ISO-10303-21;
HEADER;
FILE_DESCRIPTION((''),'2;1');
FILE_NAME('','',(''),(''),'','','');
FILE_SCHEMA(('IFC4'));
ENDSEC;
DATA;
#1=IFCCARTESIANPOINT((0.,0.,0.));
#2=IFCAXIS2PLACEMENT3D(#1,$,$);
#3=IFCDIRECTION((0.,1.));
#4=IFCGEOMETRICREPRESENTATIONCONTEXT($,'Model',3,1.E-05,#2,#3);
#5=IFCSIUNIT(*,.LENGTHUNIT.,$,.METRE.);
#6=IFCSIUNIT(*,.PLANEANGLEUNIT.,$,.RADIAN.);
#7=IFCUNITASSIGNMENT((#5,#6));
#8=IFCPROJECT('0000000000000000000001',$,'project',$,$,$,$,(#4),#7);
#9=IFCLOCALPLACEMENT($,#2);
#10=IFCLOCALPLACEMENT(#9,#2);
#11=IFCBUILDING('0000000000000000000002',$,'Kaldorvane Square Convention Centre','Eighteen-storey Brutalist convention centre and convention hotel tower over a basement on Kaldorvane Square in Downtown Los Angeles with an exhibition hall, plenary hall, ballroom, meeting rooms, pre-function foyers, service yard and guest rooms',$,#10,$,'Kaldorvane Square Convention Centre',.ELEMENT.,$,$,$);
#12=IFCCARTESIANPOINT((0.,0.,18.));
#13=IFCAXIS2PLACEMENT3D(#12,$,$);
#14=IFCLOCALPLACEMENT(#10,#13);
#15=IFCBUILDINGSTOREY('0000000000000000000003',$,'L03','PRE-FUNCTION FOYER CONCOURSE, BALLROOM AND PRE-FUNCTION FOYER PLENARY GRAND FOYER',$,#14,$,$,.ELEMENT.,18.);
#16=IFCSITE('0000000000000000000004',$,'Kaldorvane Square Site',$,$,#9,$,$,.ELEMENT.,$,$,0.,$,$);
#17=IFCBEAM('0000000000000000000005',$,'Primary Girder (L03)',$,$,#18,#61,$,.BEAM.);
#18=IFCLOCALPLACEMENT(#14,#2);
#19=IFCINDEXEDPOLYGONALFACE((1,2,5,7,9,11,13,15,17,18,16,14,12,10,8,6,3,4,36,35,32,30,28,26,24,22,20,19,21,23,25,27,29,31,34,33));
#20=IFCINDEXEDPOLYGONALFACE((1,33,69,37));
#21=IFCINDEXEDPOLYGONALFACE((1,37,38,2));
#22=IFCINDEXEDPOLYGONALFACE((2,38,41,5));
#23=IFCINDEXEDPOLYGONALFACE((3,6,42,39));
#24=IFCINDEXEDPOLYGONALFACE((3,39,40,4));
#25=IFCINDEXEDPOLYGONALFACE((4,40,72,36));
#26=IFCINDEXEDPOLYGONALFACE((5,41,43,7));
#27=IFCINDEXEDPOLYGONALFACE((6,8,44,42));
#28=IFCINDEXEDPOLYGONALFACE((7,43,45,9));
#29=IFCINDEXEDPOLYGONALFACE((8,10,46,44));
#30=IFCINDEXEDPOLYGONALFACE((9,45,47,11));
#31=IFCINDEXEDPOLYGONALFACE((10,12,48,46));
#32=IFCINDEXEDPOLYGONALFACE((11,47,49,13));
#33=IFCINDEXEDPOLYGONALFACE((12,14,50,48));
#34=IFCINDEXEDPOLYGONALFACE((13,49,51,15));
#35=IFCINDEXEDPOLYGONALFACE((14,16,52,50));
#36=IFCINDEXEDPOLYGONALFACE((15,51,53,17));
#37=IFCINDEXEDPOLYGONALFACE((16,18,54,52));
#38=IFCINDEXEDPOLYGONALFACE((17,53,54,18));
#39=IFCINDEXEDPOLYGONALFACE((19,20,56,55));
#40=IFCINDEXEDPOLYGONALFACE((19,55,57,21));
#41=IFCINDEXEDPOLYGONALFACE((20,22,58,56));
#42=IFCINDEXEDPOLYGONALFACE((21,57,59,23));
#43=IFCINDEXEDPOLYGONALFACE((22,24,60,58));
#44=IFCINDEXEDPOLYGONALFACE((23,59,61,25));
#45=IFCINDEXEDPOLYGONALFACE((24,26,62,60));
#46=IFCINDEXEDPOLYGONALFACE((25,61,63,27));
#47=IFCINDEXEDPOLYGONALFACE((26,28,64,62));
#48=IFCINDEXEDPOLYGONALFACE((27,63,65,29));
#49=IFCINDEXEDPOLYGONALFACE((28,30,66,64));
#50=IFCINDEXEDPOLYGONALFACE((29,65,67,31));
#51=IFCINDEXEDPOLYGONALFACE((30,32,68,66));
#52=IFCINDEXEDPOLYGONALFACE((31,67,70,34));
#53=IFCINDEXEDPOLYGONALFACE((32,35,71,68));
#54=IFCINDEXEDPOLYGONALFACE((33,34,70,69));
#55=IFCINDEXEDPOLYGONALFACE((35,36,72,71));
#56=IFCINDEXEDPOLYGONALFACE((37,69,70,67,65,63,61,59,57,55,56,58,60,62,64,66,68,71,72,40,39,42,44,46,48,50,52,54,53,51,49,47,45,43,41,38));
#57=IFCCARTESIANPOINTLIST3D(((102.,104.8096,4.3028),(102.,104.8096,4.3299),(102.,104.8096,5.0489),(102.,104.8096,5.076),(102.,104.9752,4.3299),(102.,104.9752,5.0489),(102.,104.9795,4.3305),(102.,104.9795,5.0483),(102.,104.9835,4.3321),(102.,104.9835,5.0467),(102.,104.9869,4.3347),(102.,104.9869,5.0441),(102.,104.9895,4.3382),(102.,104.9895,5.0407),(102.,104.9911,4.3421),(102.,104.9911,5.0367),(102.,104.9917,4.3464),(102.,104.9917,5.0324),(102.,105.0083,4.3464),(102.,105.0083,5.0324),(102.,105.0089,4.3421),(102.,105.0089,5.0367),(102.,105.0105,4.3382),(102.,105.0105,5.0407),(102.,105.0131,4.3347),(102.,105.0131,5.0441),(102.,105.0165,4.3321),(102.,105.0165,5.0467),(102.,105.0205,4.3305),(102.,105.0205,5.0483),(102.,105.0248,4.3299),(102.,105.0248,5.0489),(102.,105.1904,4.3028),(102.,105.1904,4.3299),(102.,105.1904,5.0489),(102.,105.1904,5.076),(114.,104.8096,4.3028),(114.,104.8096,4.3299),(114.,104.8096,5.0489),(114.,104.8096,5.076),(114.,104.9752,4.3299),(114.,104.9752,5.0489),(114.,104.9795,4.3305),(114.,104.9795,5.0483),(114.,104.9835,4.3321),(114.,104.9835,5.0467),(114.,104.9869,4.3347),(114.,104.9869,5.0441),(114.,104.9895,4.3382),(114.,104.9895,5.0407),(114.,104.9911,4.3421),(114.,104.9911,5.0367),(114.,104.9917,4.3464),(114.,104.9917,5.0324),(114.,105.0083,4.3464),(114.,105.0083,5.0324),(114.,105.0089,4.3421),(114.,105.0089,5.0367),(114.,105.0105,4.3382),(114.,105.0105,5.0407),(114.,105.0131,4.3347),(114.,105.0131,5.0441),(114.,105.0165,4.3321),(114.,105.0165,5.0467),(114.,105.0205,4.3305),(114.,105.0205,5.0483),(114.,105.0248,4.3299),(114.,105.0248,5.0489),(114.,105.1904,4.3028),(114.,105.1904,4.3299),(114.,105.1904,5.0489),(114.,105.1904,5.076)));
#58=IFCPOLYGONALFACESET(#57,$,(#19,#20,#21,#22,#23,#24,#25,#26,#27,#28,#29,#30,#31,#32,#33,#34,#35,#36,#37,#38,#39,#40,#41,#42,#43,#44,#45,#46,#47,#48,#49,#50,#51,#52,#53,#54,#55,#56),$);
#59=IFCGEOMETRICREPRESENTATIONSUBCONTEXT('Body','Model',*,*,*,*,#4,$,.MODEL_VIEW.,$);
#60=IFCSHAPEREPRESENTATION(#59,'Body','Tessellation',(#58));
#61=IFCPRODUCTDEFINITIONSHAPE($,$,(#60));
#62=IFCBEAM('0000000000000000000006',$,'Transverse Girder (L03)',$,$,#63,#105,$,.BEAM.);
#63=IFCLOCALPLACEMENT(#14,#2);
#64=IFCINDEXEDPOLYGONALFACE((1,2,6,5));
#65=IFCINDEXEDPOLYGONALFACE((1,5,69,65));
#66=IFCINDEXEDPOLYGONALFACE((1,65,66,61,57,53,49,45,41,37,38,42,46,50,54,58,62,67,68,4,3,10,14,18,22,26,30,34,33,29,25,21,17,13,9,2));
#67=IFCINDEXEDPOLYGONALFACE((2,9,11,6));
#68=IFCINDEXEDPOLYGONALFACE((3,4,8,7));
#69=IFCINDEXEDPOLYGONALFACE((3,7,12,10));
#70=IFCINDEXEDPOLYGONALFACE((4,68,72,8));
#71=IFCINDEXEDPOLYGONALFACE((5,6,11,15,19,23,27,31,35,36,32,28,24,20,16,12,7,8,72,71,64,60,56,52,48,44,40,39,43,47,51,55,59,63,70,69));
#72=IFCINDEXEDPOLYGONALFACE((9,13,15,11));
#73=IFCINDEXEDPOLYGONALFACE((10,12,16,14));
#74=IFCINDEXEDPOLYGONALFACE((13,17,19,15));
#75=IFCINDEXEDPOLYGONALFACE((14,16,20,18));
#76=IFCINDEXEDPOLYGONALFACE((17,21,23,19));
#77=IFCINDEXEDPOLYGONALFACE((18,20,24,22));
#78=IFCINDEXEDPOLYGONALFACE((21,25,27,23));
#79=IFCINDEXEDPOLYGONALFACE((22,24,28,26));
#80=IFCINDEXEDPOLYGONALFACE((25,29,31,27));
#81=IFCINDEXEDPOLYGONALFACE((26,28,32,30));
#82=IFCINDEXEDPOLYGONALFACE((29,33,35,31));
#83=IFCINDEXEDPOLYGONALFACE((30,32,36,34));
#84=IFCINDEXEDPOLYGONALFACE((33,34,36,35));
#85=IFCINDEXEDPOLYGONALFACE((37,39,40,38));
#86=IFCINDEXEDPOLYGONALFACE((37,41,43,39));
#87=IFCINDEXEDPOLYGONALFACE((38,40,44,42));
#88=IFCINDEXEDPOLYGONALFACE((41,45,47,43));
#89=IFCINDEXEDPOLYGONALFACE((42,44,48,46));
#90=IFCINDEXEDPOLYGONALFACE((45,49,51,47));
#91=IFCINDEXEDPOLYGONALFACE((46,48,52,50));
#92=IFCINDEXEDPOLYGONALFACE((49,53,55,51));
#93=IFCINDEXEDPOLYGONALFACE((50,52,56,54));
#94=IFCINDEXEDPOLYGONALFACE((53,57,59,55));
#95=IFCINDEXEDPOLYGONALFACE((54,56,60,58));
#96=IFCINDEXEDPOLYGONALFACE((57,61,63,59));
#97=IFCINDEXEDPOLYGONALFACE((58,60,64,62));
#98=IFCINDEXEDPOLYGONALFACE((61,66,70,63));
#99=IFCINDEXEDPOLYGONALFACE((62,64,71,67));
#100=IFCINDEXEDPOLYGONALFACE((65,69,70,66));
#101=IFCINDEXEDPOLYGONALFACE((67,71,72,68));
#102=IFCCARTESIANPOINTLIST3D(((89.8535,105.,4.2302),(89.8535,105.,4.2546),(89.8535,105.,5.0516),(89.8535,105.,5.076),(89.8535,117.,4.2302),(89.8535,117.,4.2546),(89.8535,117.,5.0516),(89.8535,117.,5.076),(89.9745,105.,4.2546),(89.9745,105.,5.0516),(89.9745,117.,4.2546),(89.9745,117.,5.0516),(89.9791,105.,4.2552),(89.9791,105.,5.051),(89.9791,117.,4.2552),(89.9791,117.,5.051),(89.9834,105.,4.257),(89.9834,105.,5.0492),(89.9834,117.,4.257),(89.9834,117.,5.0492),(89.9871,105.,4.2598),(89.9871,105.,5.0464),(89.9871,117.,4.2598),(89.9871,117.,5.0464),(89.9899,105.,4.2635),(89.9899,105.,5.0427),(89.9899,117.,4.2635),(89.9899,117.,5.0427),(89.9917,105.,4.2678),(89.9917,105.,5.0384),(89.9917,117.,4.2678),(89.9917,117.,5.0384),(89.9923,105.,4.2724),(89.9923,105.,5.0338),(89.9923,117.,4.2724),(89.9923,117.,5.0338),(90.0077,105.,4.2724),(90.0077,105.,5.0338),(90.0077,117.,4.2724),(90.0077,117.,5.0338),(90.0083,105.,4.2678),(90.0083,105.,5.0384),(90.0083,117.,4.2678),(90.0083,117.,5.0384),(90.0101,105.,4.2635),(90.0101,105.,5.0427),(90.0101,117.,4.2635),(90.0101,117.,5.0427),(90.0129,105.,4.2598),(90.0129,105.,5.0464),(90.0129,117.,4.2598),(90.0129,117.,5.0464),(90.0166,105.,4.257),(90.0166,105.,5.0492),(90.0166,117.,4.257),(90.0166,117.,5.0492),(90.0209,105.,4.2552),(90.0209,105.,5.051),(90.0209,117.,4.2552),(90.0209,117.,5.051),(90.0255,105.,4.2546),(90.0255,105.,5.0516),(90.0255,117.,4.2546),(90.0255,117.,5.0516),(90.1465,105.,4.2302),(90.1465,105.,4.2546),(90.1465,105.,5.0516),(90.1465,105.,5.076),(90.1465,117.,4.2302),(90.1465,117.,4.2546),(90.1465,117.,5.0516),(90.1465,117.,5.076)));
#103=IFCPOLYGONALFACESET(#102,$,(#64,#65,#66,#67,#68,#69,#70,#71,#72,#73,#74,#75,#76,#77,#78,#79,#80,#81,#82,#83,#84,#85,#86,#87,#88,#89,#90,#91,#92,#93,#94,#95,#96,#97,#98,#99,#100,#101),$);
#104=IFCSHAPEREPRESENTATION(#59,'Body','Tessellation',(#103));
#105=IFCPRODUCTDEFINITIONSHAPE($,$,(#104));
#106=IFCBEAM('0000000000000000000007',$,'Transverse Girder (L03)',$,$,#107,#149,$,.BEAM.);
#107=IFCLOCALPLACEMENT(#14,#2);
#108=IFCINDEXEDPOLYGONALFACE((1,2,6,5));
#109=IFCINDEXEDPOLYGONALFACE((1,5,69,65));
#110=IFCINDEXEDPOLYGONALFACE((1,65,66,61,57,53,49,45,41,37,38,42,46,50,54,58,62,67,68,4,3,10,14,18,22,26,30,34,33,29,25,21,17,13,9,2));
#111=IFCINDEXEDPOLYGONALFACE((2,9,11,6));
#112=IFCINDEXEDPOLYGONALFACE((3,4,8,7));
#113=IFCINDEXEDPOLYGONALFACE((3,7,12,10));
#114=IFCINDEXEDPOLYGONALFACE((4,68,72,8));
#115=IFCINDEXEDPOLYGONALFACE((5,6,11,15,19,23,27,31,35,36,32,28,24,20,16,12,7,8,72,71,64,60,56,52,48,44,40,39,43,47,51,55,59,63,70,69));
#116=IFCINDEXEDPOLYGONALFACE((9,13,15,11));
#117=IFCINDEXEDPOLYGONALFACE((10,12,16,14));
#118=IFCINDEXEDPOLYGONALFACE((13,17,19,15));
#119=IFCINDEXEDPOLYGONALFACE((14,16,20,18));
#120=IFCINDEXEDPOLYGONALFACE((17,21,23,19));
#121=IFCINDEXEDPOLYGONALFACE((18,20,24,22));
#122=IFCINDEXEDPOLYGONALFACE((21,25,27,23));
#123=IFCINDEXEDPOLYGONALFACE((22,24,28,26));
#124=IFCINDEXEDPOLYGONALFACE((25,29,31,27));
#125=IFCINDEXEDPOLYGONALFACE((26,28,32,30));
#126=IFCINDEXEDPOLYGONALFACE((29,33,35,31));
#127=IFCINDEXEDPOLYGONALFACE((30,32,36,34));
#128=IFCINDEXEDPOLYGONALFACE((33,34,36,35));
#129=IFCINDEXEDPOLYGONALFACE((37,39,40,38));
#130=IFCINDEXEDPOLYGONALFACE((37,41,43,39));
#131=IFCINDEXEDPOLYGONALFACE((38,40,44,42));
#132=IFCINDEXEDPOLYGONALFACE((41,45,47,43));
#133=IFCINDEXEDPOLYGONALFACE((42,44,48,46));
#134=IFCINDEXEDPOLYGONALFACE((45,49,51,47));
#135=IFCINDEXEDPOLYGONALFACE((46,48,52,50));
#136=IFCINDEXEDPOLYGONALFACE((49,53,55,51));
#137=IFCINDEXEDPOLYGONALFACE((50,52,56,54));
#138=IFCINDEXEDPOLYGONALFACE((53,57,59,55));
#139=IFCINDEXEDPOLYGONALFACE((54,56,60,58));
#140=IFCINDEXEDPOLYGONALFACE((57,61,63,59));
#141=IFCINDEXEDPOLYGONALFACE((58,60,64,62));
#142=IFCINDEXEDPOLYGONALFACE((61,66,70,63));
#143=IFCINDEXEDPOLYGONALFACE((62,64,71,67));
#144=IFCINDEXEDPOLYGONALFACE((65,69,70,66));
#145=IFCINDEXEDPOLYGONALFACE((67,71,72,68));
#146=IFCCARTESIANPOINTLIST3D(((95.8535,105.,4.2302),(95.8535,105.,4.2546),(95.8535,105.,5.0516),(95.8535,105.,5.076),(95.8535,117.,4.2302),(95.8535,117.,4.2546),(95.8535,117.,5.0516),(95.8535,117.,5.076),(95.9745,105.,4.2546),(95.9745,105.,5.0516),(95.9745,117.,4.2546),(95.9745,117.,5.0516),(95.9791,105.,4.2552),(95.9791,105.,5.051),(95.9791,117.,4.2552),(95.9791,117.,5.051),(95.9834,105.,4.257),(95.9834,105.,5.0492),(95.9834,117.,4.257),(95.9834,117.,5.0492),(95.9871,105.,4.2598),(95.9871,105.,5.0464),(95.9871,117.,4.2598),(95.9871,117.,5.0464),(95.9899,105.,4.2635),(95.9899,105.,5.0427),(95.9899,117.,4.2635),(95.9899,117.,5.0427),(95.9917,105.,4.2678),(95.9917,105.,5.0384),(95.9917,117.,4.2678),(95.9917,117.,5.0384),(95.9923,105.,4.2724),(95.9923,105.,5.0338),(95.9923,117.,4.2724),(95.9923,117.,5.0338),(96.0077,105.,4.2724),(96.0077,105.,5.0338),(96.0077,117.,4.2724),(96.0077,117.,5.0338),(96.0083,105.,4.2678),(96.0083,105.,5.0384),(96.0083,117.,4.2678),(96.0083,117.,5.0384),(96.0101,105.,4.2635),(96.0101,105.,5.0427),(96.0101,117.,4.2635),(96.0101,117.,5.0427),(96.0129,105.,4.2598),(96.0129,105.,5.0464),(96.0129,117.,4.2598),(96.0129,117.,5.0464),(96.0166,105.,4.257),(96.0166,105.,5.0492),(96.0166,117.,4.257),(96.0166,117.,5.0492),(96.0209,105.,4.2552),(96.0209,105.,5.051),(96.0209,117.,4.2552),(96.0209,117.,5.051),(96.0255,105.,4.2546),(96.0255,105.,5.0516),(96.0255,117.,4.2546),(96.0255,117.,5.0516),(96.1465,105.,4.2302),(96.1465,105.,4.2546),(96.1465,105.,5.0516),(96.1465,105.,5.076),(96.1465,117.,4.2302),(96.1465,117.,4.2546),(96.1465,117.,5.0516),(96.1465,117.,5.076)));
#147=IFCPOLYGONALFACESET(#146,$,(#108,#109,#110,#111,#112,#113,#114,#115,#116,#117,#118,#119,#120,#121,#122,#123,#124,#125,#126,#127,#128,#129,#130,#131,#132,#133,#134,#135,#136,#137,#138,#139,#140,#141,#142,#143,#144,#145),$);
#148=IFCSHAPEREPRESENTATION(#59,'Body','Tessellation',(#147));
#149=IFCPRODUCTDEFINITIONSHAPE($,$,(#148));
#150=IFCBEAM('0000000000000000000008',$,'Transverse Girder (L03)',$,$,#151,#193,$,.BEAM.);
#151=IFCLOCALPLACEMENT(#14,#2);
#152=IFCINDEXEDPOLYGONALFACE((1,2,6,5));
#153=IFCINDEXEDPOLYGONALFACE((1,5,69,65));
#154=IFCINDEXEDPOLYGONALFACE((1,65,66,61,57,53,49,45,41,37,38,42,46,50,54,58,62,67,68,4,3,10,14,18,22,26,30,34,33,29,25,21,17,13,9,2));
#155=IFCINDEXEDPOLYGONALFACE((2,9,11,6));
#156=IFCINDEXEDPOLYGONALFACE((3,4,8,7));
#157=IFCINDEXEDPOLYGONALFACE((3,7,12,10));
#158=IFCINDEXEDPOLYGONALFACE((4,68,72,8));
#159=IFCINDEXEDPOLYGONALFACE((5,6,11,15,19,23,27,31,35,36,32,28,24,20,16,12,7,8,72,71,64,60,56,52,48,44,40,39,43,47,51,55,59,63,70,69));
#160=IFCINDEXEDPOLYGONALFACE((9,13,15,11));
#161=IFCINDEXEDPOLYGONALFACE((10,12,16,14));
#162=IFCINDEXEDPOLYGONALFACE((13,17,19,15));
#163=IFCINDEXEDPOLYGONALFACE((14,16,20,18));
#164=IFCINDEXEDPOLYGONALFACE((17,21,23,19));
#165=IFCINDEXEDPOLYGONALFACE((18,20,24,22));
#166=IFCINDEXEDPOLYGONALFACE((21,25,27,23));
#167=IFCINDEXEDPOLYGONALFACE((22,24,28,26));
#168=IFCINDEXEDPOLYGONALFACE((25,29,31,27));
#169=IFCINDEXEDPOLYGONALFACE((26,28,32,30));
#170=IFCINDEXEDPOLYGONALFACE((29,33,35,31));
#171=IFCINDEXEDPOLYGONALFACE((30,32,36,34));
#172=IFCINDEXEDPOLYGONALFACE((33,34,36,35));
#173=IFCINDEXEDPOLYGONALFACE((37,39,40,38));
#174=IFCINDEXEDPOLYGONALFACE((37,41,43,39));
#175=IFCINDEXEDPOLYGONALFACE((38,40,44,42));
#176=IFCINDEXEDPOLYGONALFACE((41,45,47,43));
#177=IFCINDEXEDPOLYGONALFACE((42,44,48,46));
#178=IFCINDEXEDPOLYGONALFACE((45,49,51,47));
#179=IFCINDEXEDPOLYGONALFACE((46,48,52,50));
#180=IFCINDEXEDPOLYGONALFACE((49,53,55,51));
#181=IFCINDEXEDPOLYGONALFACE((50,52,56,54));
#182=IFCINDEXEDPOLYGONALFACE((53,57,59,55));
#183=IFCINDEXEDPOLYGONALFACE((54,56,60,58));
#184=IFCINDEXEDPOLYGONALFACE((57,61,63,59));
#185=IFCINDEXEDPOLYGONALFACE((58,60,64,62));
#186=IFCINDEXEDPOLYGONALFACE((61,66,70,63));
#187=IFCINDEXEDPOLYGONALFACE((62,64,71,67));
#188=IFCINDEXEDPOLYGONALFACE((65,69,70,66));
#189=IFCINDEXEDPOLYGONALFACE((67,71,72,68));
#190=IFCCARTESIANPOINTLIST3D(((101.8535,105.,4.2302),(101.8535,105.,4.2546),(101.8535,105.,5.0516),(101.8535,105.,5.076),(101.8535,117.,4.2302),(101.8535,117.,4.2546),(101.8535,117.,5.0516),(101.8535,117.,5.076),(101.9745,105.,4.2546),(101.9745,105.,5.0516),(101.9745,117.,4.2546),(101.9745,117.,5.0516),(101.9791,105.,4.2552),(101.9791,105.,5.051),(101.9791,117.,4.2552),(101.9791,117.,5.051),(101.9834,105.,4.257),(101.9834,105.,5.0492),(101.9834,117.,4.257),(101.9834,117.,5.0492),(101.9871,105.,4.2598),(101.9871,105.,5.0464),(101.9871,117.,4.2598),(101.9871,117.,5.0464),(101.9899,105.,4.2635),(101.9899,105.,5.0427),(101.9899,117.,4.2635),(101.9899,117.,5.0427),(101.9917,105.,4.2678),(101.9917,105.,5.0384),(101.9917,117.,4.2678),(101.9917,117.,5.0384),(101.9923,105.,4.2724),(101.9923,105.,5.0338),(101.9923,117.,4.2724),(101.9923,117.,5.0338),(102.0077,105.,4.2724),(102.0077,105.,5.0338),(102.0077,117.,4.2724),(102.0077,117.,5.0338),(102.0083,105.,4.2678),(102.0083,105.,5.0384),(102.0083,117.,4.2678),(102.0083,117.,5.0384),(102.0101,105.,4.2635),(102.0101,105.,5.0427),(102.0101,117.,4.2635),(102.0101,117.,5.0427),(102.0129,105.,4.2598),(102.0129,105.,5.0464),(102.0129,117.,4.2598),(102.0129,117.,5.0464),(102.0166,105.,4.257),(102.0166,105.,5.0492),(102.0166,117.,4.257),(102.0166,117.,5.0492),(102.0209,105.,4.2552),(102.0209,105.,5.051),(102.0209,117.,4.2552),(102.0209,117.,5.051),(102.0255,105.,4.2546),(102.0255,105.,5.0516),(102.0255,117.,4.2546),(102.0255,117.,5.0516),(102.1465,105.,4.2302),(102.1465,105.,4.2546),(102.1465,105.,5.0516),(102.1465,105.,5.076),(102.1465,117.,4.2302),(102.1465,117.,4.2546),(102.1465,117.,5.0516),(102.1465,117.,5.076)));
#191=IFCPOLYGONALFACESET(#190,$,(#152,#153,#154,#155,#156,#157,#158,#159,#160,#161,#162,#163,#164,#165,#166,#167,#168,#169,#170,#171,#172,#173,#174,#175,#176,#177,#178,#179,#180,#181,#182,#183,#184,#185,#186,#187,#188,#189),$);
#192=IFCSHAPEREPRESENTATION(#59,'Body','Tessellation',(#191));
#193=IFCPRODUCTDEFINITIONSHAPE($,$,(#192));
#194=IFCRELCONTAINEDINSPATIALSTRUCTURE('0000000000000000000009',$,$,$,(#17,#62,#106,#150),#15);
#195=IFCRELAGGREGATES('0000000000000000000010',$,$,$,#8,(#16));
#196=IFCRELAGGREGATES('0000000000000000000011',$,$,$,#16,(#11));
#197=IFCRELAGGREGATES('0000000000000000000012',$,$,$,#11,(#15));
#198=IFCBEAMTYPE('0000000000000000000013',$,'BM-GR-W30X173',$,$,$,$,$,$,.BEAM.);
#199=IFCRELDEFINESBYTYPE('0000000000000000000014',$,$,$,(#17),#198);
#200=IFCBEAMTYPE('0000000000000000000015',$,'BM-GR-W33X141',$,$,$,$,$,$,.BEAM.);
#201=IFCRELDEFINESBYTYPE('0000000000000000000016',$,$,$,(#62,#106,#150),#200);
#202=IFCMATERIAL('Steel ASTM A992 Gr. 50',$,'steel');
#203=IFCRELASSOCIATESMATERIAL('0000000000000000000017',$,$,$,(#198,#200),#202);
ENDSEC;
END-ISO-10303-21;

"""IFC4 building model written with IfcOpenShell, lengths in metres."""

from ifc_helpers import new_model, si_unit, direction, frame, origin, origin_2d, place, context, subcontext, project, spatial, i_section, extrude, material, material_profile, profile_set, type_object, element, save


model = new_model("IFC4")

# Units and contexts
model_context = context("Model", 3, precision=1e-05, world=origin(), true_north=direction((0.0, 1.0)))
body_context = subcontext(model_context, "Body", "Model", "MODEL_VIEW")
ifc_project = project(units=[si_unit("LENGTHUNIT", "METRE"), si_unit("PLANEANGLEUNIT", "RADIAN")], contexts=[model_context])

# Site, building, storey
site_placement = place(None, origin())
site = spatial("IfcSite", under=ifc_project, at=site_placement, Name="Kaldorvane Square Site", CompositionType="ELEMENT", RefElevation=0.0)
building_placement = place(site_placement, origin())
building = spatial("IfcBuilding", under=site, at=building_placement, Name="Kaldorvane Square Convention Centre", Description="Eighteen-storey Brutalist convention centre and convention hotel tower over a basement on Kaldorvane Square in Downtown Los Angeles with an exhibition hall, plenary hall, ballroom, meeting rooms, pre-function foyers, service yard and guest rooms", LongName="Kaldorvane Square Convention Centre", CompositionType="ELEMENT")
storey_placement = place(building_placement, frame((0.0, 0.0, 18.0)))
storey = spatial("IfcBuildingStorey", under=building, at=storey_placement, Name="L03", Description="PRE-FUNCTION FOYER CONCOURSE, BALLROOM AND PRE-FUNCTION FOYER PLENARY GRAND FOYER", CompositionType="ELEMENT", Elevation=18.0)

# Shared definitions
ifc_material_1 = material(Name="Steel ASTM A992 Gr. 50", Category="steel")

# Beams
ifc_material_profile_1 = material_profile(ifc_material_1, i_section(OverallWidth=0.3807, OverallDepth=0.7732, WebThickness=0.0166, FlangeThickness=0.0271, FilletRadius=0.0165, at=origin_2d()), Name="W30X173")
ifc_profile_set_1 = profile_set([ifc_material_profile_1], Name="Steel ASTM A992 Gr. 50")
beam_type_1 = type_object("IfcBeamType", Name="BM-GR-W30X173", PredefinedType="BEAM", material=ifc_profile_set_1)
for number, where, z_axis, x_axis, name in (
    (1, (102.0, 105.0, 4.6894), (1.0, 0.0, 0.0), (0.0, 1.0, 0.0), "Primary Girder (L03)"),
):
    element("IfcBeam", number, at=place(storey_placement, frame(where, z_axis=z_axis, x_axis=x_axis)), inside=storey, type_object=beam_type_1, Name=name, PredefinedType="BEAM", context=body_context, shape_type="SweptSolid", body=[
        extrude(i_section(OverallWidth=0.3807, OverallDepth=0.7732, WebThickness=0.0166, FlangeThickness=0.0271, FilletRadius=0.0165, at=origin_2d()), origin(), (0.0, 0.0, 1.0), 12.0),
    ])
ifc_material_profile_2 = material_profile(ifc_material_1, i_section(OverallWidth=0.293, OverallDepth=0.8458, WebThickness=0.0154, FlangeThickness=0.0244, FilletRadius=0.0178, at=origin_2d()), Name="W33X141")
ifc_profile_set_2 = profile_set([ifc_material_profile_2], Name="Steel ASTM A992 Gr. 50")
beam_type_2 = type_object("IfcBeamType", Name="BM-GR-W33X141", PredefinedType="BEAM", material=ifc_profile_set_2)
for number, where, z_axis, x_axis, name in (
    (2, (90.0, 105.0, 4.6531), (0.0, 1.0, 0.0), (-1.0, 0.0, 0.0), "Transverse Girder (L03)"),
    (3, (96.0, 105.0, 4.6531), (0.0, 1.0, 0.0), (-1.0, 0.0, 0.0), "Transverse Girder (L03)"),
    (4, (102.0, 105.0, 4.6531), (0.0, 1.0, 0.0), (-1.0, 0.0, 0.0), "Transverse Girder (L03)"),
):
    element("IfcBeam", number, at=place(storey_placement, frame(where, z_axis=z_axis, x_axis=x_axis)), inside=storey, type_object=beam_type_2, Name=name, PredefinedType="BEAM", context=body_context, shape_type="SweptSolid", body=[
        extrude(i_section(OverallWidth=0.293, OverallDepth=0.8458, WebThickness=0.0154, FlangeThickness=0.0244, FilletRadius=0.0178, at=origin_2d()), origin(), (0.0, 0.0, 1.0), 12.0),
    ])

save(model, "model.ifc")
